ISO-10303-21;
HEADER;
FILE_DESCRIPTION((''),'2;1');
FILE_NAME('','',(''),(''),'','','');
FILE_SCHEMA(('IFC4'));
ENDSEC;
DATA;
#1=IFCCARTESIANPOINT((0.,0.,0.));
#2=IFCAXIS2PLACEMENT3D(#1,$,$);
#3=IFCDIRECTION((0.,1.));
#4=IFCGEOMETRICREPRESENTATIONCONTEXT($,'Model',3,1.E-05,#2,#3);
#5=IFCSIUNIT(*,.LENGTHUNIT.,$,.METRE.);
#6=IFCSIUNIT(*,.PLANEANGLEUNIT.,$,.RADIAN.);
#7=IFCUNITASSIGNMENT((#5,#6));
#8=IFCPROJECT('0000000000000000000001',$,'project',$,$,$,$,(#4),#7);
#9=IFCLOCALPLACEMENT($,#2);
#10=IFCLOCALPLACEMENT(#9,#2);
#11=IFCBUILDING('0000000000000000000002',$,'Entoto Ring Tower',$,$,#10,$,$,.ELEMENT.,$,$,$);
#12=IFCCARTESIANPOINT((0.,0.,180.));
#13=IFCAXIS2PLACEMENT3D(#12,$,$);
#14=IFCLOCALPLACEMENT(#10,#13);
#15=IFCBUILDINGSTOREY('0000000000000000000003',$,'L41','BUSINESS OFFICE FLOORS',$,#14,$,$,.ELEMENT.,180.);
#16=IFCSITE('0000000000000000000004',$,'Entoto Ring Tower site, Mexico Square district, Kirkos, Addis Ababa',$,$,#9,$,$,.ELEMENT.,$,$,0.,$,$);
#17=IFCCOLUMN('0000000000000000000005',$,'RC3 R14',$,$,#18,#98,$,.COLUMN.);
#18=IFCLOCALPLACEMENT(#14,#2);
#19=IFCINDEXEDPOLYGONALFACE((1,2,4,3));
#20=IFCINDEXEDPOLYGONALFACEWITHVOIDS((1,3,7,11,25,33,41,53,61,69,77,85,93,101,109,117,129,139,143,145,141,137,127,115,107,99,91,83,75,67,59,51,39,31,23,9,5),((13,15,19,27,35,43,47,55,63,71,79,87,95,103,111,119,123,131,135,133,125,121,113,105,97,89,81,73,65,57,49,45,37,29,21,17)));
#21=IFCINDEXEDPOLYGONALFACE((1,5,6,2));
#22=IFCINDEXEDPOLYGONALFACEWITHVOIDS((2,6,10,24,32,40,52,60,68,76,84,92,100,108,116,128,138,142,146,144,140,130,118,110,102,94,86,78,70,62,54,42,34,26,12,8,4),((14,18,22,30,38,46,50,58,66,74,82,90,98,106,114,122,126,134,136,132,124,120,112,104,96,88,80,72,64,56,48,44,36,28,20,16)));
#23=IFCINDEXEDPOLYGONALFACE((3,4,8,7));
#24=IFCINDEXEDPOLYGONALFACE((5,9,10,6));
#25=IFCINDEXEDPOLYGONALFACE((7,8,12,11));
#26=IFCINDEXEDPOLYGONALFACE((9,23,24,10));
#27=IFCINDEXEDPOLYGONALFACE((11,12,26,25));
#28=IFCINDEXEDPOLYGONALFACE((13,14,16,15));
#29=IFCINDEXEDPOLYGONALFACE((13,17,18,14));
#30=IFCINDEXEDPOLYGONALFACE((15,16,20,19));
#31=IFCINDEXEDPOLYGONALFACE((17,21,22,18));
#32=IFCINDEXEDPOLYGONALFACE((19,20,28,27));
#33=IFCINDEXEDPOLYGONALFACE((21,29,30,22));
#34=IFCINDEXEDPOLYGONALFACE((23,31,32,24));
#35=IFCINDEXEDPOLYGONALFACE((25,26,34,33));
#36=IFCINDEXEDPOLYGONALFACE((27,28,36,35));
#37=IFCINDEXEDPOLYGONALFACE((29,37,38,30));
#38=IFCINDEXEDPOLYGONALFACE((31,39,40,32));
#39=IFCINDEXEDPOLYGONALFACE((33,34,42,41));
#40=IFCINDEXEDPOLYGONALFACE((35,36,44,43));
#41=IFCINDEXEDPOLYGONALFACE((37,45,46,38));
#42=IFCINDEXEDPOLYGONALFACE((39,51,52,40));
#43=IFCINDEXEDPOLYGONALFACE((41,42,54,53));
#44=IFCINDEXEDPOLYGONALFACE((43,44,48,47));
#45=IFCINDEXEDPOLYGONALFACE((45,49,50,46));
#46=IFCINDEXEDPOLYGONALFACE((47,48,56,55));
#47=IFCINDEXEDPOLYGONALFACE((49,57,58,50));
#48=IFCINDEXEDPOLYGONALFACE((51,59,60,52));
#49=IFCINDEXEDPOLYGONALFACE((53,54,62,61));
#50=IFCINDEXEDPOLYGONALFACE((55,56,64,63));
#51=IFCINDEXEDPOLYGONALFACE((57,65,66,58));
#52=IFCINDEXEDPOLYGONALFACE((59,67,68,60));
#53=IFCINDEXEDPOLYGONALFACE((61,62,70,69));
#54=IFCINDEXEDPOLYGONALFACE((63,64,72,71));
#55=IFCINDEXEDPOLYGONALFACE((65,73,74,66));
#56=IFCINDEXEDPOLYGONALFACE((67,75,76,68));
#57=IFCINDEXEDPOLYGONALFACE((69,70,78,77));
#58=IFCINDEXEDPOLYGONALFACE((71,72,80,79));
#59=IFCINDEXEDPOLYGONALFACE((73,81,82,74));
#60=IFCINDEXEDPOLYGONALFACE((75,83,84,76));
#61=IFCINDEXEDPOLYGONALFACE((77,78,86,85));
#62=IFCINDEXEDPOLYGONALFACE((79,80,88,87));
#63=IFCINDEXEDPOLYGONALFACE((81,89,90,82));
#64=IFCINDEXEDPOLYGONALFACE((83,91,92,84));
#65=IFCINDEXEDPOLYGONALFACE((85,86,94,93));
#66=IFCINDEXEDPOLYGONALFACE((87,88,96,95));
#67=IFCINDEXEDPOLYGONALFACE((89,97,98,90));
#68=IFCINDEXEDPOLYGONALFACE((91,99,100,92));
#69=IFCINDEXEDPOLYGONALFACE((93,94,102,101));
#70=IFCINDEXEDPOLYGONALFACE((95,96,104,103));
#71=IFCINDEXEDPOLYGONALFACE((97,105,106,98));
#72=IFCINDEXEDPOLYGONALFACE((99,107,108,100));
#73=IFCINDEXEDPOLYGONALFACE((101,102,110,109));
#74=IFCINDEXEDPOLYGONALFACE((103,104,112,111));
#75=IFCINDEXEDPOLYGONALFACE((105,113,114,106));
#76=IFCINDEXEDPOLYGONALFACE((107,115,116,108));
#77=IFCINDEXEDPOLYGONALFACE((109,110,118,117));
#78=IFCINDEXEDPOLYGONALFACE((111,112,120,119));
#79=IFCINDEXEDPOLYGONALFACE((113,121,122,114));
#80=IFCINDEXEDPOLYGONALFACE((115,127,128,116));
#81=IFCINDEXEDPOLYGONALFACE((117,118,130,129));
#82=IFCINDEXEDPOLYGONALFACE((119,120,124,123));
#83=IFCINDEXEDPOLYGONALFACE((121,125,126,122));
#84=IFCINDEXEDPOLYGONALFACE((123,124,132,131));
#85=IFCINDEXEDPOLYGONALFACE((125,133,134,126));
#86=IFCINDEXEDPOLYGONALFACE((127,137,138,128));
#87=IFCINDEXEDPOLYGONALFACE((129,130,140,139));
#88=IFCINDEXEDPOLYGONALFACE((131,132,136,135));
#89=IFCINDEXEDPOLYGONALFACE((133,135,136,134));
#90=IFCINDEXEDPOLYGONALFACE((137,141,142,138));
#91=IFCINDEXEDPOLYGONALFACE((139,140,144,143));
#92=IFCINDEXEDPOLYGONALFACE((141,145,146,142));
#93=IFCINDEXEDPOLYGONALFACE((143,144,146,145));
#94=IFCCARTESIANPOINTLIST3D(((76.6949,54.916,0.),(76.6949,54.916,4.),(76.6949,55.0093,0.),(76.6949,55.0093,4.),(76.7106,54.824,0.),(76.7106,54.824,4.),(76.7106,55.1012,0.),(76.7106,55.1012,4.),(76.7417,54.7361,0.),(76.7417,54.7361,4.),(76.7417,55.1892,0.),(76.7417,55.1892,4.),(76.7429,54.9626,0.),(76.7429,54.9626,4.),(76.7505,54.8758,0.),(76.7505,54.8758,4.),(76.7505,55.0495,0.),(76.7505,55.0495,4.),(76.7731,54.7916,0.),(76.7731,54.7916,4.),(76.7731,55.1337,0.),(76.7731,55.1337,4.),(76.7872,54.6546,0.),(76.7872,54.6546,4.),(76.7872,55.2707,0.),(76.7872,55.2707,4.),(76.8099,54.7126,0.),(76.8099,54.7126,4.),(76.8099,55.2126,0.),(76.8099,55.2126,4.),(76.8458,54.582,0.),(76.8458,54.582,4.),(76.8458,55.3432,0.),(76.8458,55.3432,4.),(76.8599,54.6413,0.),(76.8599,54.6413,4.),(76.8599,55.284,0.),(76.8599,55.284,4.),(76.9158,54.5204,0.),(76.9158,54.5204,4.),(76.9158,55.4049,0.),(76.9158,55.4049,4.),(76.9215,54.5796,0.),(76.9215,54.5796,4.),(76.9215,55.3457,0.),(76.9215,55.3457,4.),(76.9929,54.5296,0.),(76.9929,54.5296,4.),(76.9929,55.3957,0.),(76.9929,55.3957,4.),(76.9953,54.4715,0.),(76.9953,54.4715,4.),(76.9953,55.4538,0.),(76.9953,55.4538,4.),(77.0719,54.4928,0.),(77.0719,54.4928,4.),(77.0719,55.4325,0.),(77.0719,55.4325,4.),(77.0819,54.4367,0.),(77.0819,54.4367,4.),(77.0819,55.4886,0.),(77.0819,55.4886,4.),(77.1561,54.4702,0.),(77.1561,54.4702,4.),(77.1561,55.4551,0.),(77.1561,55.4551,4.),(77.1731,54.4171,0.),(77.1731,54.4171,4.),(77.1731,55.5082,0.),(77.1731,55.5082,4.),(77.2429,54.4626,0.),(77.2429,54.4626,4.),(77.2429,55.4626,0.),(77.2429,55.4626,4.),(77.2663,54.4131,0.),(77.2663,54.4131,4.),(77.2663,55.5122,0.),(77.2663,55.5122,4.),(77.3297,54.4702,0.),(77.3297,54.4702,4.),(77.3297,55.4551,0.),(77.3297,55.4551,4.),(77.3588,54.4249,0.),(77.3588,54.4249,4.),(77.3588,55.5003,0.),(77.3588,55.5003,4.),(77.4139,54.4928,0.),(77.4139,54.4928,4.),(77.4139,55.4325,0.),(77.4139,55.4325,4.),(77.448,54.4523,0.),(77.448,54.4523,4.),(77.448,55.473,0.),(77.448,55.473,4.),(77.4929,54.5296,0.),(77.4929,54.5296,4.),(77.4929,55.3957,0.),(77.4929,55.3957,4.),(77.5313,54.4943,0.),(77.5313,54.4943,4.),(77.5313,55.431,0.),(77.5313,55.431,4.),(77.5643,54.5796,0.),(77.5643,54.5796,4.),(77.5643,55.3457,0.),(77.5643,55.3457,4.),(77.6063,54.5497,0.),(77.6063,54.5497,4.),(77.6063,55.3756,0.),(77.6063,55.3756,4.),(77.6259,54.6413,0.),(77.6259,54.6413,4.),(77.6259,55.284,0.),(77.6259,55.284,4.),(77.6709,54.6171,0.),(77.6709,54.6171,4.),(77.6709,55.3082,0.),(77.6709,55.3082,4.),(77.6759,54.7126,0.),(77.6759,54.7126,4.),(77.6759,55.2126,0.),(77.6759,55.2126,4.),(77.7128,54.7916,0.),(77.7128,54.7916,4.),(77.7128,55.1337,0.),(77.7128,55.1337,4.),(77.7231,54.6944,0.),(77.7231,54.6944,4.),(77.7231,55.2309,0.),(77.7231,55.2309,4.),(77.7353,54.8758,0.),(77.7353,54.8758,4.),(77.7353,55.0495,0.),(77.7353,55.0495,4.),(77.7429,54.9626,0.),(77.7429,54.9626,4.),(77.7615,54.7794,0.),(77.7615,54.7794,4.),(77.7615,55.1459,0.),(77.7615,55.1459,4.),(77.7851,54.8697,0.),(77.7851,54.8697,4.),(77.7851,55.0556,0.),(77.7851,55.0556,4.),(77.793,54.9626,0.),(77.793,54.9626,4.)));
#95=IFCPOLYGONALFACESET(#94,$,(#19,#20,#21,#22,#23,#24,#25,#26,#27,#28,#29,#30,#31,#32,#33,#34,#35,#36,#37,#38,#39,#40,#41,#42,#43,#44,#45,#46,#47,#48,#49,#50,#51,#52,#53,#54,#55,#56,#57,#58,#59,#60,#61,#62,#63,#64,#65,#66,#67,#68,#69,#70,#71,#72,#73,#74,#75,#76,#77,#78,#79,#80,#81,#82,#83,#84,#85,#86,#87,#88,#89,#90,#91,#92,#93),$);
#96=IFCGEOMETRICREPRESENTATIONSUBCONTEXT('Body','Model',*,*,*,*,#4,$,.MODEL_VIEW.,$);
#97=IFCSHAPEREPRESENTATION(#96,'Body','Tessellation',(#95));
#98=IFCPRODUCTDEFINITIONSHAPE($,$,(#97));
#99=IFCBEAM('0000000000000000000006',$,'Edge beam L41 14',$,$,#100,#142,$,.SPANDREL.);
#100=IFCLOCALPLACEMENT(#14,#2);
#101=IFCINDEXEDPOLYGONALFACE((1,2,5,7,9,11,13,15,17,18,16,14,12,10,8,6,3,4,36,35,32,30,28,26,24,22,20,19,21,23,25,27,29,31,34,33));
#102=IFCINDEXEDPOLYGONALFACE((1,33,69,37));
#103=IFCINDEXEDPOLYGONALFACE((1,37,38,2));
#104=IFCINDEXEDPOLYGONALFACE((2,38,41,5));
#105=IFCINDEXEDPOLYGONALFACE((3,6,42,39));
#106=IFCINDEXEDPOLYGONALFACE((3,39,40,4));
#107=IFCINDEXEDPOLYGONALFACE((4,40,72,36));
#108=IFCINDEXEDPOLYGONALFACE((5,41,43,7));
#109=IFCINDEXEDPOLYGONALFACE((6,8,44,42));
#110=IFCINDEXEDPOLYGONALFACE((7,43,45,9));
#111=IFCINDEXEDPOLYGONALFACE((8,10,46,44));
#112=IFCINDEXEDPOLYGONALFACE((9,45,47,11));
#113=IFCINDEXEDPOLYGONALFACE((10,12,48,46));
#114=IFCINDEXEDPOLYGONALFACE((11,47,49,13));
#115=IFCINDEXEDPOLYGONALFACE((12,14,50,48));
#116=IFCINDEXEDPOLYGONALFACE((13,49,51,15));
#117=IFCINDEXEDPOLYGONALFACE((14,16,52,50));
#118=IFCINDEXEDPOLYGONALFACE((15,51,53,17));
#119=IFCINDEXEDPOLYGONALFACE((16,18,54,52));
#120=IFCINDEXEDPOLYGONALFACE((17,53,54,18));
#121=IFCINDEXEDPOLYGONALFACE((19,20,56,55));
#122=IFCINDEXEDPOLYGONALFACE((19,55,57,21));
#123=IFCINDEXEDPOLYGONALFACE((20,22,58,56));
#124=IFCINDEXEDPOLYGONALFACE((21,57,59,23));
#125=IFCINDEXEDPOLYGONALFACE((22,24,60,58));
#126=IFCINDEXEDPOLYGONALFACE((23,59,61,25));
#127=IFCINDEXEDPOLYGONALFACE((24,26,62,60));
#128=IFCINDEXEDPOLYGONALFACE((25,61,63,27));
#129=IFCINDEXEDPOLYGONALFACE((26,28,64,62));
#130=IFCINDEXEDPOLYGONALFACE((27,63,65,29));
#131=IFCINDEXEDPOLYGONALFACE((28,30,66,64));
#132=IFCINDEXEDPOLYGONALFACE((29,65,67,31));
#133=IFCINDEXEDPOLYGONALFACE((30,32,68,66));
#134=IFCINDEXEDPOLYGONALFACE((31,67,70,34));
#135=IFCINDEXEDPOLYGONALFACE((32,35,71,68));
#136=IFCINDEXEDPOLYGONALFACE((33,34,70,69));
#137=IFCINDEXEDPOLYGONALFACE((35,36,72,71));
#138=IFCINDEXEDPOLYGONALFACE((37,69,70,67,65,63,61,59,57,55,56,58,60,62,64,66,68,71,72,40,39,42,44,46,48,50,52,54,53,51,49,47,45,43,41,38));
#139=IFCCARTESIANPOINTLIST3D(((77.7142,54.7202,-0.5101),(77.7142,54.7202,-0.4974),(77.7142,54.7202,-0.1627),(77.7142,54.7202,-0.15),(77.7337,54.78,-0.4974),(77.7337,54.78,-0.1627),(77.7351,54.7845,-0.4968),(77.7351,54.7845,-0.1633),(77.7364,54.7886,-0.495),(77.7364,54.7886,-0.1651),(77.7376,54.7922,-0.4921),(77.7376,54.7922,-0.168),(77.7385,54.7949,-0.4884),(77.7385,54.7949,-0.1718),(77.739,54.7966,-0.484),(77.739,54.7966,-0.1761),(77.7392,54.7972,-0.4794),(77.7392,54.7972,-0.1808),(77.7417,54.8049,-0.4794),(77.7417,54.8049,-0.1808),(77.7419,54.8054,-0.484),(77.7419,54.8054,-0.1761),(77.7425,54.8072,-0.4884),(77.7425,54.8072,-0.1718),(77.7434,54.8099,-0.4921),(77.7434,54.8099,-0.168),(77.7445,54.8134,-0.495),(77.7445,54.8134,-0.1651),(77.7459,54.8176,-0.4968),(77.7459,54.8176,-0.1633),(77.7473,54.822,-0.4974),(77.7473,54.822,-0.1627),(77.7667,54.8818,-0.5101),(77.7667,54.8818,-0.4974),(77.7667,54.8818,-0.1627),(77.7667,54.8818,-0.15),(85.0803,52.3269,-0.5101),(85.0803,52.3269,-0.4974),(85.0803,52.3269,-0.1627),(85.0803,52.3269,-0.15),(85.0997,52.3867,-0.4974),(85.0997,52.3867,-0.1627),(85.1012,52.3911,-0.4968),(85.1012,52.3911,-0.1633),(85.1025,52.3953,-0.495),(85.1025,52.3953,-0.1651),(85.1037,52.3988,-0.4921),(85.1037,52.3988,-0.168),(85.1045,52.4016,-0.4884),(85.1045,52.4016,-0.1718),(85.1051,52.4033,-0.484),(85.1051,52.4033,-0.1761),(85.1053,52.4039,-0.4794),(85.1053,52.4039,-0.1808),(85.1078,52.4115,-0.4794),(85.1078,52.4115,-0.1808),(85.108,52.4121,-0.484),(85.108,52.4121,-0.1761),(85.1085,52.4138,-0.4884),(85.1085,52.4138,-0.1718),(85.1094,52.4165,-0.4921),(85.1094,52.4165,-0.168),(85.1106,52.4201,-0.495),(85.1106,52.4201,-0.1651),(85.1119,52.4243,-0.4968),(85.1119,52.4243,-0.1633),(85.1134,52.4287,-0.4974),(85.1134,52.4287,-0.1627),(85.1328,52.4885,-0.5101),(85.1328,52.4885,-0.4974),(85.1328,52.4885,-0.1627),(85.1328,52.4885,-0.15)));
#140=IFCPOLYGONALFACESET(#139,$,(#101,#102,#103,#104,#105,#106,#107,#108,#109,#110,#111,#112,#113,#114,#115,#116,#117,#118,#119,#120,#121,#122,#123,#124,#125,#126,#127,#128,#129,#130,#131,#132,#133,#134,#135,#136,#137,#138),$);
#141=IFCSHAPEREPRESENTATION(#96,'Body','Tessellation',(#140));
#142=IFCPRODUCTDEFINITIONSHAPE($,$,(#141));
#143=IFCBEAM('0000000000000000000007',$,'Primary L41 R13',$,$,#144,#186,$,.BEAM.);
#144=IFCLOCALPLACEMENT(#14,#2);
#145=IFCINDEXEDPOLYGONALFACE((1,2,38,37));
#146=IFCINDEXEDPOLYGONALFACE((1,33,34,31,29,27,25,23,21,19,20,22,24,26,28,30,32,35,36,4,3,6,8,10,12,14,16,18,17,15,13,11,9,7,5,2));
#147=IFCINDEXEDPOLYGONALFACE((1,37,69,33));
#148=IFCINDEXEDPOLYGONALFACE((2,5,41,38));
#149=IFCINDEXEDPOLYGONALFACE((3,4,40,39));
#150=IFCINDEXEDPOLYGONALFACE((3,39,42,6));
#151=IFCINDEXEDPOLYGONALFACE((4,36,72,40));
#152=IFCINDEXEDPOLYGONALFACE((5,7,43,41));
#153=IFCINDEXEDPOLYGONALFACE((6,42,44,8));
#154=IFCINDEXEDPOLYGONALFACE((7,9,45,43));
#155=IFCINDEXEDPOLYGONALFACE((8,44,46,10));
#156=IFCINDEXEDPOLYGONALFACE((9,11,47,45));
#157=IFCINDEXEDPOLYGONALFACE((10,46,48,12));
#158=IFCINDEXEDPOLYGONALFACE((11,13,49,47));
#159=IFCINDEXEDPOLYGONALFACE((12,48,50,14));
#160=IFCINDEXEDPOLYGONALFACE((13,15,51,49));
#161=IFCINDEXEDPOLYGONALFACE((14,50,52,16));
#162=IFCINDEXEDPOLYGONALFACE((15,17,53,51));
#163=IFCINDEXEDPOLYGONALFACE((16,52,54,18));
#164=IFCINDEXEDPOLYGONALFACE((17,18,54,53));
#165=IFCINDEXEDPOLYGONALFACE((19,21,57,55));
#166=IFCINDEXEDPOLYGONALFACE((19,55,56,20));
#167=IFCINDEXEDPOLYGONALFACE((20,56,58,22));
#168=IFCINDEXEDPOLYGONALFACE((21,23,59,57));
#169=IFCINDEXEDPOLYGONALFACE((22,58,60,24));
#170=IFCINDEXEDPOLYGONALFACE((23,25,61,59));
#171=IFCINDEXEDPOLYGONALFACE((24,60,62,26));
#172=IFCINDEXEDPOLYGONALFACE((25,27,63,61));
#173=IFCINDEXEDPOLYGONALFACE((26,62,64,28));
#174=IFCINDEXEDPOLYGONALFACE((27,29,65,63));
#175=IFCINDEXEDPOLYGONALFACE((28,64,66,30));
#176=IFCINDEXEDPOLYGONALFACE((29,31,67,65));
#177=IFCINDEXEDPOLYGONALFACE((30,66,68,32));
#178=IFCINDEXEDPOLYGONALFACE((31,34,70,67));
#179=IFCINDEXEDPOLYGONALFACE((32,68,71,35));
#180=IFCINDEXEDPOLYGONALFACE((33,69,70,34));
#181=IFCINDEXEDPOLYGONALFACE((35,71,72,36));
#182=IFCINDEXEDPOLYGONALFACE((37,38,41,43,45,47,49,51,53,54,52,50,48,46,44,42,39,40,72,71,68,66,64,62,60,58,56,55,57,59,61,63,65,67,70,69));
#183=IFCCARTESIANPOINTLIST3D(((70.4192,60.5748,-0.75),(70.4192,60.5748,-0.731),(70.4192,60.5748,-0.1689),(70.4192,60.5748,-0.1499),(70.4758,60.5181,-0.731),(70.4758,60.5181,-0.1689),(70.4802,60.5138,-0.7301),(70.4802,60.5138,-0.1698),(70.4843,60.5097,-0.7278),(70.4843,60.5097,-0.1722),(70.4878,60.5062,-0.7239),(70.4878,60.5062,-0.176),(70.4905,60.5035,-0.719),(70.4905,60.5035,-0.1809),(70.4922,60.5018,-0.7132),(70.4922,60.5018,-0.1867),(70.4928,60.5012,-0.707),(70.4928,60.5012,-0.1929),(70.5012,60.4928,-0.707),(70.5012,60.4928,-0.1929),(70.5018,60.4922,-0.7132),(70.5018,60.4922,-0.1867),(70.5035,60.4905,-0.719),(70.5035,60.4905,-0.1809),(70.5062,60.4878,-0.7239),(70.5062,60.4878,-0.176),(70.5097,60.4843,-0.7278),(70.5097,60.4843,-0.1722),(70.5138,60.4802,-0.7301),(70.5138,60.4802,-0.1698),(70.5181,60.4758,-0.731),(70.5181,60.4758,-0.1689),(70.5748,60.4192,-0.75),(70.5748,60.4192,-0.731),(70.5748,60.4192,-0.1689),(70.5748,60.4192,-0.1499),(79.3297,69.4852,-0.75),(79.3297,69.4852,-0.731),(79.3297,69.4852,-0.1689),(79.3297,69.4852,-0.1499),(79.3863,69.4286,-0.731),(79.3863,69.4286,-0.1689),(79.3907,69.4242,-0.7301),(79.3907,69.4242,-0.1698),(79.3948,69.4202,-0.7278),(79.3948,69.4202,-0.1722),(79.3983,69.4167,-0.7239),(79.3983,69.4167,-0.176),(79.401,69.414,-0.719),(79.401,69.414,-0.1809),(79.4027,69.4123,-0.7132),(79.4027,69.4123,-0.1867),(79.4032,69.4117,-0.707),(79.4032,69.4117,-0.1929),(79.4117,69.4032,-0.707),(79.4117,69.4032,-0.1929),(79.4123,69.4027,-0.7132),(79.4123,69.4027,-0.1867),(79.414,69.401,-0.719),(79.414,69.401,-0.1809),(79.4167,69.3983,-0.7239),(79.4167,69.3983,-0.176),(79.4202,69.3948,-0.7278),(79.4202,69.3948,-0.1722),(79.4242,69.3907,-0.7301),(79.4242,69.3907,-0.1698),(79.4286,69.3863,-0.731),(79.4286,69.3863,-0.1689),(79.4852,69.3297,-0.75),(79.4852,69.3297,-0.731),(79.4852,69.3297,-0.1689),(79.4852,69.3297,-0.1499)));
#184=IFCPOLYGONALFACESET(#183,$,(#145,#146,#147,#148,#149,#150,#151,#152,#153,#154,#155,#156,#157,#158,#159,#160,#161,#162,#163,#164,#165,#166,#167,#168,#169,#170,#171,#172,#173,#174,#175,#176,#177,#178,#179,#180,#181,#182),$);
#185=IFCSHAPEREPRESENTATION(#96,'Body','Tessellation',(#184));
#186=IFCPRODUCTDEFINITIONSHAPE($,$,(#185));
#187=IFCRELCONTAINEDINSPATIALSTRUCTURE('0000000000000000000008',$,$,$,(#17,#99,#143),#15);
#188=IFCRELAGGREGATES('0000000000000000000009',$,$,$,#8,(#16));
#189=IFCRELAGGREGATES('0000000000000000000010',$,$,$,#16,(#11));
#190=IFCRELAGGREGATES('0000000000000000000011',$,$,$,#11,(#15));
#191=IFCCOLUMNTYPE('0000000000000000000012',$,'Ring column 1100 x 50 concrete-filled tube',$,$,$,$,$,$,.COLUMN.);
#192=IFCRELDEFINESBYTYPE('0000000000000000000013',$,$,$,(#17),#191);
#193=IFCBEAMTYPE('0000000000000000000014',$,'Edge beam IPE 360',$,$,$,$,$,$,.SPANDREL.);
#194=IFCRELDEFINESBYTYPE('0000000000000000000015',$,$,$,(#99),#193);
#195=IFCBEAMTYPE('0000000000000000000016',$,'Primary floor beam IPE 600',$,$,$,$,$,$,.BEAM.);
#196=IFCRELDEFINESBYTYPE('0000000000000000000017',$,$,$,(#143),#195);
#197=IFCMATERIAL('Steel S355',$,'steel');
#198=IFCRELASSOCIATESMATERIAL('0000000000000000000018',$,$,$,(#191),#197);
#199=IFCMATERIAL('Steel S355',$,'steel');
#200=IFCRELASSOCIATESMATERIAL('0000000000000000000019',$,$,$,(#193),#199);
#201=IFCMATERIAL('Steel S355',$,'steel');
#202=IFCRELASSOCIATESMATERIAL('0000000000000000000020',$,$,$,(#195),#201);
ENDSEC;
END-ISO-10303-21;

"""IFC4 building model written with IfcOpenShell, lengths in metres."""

from ifc_helpers import new_model, si_unit, direction, frame, origin, origin_2d, place, context, subcontext, project, spatial, circle, hollow_circle, i_section, extrude, material, material_profile, profile_set, type_object, element, save


model = new_model("IFC4")

# Units and contexts
model_context = context("Model", 3, precision=1e-05, world=origin(), true_north=direction((0.0, 1.0)))
body_context = subcontext(model_context, "Body", "Model", "MODEL_VIEW")
ifc_project = project(units=[si_unit("LENGTHUNIT", "METRE"), si_unit("PLANEANGLEUNIT", "RADIAN")], contexts=[model_context])

# Site, building, storey
site_placement = place(None, origin())
site = spatial("IfcSite", under=ifc_project, at=site_placement, Name="Entoto Ring Tower site, Mexico Square district, Kirkos, Addis Ababa", CompositionType="ELEMENT", RefElevation=0.0)
building_placement = place(site_placement, origin())
building = spatial("IfcBuilding", under=site, at=building_placement, Name="Entoto Ring Tower", CompositionType="ELEMENT")
storey_placement = place(building_placement, frame((0.0, 0.0, 180.0)))
storey = spatial("IfcBuildingStorey", under=building, at=storey_placement, Name="L41", Description="BUSINESS OFFICE FLOORS", CompositionType="ELEMENT", Elevation=180.0)

# Column
ifc_material_1 = material(Name="Steel S355", Category="steel")
ifc_material_profile_1 = material_profile(ifc_material_1, hollow_circle(Radius=0.55, WallThickness=0.05, at=origin_2d()), Name="CHS 1100 x 50")
ifc_material_2 = material(Name="Concrete C60/75", Category="concrete")
ifc_material_profile_2 = material_profile(ifc_material_2, circle(Radius=0.5, at=origin_2d()), Name="Concrete C60/75 infill")
ifc_profile_set_1 = profile_set([ifc_material_profile_1, ifc_material_profile_2], Name="Steel S355")
column_type = type_object("IfcColumnType", Name="Ring column 1100 x 50 concrete-filled tube", PredefinedType="COLUMN", material=ifc_profile_set_1)
column_placement = place(storey_placement, frame((77.2429, 54.9626, 0.0), z_axis=(0.0, 0.0, 1.0), x_axis=(1.0, 0.0, 0.0)))
element("IfcColumn", 1, at=column_placement, inside=storey, type_object=column_type, Name="RC3 R14", PredefinedType="COLUMN", context=body_context, shape_type="SweptSolid", body=[
    extrude(hollow_circle(Radius=0.55, WallThickness=0.05, at=origin_2d()), origin(), (0.0, 0.0, 1.0), 4.0),
])

# Beams
ifc_material_3 = material(Name="Steel S355", Category="steel")
ifc_material_profile_3 = material_profile(ifc_material_3, i_section(OverallWidth=0.1699, OverallDepth=0.3601, WebThickness=0.0081, FlangeThickness=0.0127, FilletRadius=0.0181, at=origin_2d()), Name="IPE 360")
ifc_profile_set_2 = profile_set([ifc_material_profile_3], Name="Steel S355")
beam_type_1 = type_object("IfcBeamType", Name="Edge beam IPE 360", PredefinedType="SPANDREL", material=ifc_profile_set_2)
beam_1_placement = place(storey_placement, frame((77.7405, 54.801, -0.3301), z_axis=(0.951058, -0.309013, 0.0), x_axis=(0.309013, 0.951058, 0.0)))
element("IfcBeam", 2, at=beam_1_placement, inside=storey, type_object=beam_type_1, Name="Edge beam L41 14", PredefinedType="SPANDREL", context=body_context, shape_type="SweptSolid", body=[
    extrude(i_section(OverallWidth=0.1699, OverallDepth=0.3601, WebThickness=0.0081, FlangeThickness=0.0127, FilletRadius=0.0181, at=origin_2d()), origin(), (0.0, 0.0, 1.0), 7.7451),
])
ifc_material_4 = material(Name="Steel S355", Category="steel")
ifc_material_profile_4 = material_profile(ifc_material_4, i_section(OverallWidth=0.22, OverallDepth=0.6001, WebThickness=0.012, FlangeThickness=0.019, FilletRadius=0.0239, at=origin_2d()), Name="IPE 600")
ifc_profile_set_3 = profile_set([ifc_material_profile_4], Name="Steel S355")
beam_type_2 = type_object("IfcBeamType", Name="Primary floor beam IPE 600", PredefinedType="BEAM", material=ifc_profile_set_3)
beam_2_placement = place(storey_placement, frame((79.4075, 69.4075, -0.45), z_axis=(-0.707107, -0.707107, 0.0), x_axis=(0.707107, -0.707107, 0.0)))
element("IfcBeam", 3, at=beam_2_placement, inside=storey, type_object=beam_type_2, Name="Primary L41 R13", PredefinedType="BEAM", context=body_context, shape_type="SweptSolid", body=[
    extrude(i_section(OverallWidth=0.22, OverallDepth=0.6001, WebThickness=0.012, FlangeThickness=0.019, FilletRadius=0.0239, at=origin_2d()), origin(), (0.0, 0.0, 1.0), 12.6013),
])

save(model, "model.ifc")
